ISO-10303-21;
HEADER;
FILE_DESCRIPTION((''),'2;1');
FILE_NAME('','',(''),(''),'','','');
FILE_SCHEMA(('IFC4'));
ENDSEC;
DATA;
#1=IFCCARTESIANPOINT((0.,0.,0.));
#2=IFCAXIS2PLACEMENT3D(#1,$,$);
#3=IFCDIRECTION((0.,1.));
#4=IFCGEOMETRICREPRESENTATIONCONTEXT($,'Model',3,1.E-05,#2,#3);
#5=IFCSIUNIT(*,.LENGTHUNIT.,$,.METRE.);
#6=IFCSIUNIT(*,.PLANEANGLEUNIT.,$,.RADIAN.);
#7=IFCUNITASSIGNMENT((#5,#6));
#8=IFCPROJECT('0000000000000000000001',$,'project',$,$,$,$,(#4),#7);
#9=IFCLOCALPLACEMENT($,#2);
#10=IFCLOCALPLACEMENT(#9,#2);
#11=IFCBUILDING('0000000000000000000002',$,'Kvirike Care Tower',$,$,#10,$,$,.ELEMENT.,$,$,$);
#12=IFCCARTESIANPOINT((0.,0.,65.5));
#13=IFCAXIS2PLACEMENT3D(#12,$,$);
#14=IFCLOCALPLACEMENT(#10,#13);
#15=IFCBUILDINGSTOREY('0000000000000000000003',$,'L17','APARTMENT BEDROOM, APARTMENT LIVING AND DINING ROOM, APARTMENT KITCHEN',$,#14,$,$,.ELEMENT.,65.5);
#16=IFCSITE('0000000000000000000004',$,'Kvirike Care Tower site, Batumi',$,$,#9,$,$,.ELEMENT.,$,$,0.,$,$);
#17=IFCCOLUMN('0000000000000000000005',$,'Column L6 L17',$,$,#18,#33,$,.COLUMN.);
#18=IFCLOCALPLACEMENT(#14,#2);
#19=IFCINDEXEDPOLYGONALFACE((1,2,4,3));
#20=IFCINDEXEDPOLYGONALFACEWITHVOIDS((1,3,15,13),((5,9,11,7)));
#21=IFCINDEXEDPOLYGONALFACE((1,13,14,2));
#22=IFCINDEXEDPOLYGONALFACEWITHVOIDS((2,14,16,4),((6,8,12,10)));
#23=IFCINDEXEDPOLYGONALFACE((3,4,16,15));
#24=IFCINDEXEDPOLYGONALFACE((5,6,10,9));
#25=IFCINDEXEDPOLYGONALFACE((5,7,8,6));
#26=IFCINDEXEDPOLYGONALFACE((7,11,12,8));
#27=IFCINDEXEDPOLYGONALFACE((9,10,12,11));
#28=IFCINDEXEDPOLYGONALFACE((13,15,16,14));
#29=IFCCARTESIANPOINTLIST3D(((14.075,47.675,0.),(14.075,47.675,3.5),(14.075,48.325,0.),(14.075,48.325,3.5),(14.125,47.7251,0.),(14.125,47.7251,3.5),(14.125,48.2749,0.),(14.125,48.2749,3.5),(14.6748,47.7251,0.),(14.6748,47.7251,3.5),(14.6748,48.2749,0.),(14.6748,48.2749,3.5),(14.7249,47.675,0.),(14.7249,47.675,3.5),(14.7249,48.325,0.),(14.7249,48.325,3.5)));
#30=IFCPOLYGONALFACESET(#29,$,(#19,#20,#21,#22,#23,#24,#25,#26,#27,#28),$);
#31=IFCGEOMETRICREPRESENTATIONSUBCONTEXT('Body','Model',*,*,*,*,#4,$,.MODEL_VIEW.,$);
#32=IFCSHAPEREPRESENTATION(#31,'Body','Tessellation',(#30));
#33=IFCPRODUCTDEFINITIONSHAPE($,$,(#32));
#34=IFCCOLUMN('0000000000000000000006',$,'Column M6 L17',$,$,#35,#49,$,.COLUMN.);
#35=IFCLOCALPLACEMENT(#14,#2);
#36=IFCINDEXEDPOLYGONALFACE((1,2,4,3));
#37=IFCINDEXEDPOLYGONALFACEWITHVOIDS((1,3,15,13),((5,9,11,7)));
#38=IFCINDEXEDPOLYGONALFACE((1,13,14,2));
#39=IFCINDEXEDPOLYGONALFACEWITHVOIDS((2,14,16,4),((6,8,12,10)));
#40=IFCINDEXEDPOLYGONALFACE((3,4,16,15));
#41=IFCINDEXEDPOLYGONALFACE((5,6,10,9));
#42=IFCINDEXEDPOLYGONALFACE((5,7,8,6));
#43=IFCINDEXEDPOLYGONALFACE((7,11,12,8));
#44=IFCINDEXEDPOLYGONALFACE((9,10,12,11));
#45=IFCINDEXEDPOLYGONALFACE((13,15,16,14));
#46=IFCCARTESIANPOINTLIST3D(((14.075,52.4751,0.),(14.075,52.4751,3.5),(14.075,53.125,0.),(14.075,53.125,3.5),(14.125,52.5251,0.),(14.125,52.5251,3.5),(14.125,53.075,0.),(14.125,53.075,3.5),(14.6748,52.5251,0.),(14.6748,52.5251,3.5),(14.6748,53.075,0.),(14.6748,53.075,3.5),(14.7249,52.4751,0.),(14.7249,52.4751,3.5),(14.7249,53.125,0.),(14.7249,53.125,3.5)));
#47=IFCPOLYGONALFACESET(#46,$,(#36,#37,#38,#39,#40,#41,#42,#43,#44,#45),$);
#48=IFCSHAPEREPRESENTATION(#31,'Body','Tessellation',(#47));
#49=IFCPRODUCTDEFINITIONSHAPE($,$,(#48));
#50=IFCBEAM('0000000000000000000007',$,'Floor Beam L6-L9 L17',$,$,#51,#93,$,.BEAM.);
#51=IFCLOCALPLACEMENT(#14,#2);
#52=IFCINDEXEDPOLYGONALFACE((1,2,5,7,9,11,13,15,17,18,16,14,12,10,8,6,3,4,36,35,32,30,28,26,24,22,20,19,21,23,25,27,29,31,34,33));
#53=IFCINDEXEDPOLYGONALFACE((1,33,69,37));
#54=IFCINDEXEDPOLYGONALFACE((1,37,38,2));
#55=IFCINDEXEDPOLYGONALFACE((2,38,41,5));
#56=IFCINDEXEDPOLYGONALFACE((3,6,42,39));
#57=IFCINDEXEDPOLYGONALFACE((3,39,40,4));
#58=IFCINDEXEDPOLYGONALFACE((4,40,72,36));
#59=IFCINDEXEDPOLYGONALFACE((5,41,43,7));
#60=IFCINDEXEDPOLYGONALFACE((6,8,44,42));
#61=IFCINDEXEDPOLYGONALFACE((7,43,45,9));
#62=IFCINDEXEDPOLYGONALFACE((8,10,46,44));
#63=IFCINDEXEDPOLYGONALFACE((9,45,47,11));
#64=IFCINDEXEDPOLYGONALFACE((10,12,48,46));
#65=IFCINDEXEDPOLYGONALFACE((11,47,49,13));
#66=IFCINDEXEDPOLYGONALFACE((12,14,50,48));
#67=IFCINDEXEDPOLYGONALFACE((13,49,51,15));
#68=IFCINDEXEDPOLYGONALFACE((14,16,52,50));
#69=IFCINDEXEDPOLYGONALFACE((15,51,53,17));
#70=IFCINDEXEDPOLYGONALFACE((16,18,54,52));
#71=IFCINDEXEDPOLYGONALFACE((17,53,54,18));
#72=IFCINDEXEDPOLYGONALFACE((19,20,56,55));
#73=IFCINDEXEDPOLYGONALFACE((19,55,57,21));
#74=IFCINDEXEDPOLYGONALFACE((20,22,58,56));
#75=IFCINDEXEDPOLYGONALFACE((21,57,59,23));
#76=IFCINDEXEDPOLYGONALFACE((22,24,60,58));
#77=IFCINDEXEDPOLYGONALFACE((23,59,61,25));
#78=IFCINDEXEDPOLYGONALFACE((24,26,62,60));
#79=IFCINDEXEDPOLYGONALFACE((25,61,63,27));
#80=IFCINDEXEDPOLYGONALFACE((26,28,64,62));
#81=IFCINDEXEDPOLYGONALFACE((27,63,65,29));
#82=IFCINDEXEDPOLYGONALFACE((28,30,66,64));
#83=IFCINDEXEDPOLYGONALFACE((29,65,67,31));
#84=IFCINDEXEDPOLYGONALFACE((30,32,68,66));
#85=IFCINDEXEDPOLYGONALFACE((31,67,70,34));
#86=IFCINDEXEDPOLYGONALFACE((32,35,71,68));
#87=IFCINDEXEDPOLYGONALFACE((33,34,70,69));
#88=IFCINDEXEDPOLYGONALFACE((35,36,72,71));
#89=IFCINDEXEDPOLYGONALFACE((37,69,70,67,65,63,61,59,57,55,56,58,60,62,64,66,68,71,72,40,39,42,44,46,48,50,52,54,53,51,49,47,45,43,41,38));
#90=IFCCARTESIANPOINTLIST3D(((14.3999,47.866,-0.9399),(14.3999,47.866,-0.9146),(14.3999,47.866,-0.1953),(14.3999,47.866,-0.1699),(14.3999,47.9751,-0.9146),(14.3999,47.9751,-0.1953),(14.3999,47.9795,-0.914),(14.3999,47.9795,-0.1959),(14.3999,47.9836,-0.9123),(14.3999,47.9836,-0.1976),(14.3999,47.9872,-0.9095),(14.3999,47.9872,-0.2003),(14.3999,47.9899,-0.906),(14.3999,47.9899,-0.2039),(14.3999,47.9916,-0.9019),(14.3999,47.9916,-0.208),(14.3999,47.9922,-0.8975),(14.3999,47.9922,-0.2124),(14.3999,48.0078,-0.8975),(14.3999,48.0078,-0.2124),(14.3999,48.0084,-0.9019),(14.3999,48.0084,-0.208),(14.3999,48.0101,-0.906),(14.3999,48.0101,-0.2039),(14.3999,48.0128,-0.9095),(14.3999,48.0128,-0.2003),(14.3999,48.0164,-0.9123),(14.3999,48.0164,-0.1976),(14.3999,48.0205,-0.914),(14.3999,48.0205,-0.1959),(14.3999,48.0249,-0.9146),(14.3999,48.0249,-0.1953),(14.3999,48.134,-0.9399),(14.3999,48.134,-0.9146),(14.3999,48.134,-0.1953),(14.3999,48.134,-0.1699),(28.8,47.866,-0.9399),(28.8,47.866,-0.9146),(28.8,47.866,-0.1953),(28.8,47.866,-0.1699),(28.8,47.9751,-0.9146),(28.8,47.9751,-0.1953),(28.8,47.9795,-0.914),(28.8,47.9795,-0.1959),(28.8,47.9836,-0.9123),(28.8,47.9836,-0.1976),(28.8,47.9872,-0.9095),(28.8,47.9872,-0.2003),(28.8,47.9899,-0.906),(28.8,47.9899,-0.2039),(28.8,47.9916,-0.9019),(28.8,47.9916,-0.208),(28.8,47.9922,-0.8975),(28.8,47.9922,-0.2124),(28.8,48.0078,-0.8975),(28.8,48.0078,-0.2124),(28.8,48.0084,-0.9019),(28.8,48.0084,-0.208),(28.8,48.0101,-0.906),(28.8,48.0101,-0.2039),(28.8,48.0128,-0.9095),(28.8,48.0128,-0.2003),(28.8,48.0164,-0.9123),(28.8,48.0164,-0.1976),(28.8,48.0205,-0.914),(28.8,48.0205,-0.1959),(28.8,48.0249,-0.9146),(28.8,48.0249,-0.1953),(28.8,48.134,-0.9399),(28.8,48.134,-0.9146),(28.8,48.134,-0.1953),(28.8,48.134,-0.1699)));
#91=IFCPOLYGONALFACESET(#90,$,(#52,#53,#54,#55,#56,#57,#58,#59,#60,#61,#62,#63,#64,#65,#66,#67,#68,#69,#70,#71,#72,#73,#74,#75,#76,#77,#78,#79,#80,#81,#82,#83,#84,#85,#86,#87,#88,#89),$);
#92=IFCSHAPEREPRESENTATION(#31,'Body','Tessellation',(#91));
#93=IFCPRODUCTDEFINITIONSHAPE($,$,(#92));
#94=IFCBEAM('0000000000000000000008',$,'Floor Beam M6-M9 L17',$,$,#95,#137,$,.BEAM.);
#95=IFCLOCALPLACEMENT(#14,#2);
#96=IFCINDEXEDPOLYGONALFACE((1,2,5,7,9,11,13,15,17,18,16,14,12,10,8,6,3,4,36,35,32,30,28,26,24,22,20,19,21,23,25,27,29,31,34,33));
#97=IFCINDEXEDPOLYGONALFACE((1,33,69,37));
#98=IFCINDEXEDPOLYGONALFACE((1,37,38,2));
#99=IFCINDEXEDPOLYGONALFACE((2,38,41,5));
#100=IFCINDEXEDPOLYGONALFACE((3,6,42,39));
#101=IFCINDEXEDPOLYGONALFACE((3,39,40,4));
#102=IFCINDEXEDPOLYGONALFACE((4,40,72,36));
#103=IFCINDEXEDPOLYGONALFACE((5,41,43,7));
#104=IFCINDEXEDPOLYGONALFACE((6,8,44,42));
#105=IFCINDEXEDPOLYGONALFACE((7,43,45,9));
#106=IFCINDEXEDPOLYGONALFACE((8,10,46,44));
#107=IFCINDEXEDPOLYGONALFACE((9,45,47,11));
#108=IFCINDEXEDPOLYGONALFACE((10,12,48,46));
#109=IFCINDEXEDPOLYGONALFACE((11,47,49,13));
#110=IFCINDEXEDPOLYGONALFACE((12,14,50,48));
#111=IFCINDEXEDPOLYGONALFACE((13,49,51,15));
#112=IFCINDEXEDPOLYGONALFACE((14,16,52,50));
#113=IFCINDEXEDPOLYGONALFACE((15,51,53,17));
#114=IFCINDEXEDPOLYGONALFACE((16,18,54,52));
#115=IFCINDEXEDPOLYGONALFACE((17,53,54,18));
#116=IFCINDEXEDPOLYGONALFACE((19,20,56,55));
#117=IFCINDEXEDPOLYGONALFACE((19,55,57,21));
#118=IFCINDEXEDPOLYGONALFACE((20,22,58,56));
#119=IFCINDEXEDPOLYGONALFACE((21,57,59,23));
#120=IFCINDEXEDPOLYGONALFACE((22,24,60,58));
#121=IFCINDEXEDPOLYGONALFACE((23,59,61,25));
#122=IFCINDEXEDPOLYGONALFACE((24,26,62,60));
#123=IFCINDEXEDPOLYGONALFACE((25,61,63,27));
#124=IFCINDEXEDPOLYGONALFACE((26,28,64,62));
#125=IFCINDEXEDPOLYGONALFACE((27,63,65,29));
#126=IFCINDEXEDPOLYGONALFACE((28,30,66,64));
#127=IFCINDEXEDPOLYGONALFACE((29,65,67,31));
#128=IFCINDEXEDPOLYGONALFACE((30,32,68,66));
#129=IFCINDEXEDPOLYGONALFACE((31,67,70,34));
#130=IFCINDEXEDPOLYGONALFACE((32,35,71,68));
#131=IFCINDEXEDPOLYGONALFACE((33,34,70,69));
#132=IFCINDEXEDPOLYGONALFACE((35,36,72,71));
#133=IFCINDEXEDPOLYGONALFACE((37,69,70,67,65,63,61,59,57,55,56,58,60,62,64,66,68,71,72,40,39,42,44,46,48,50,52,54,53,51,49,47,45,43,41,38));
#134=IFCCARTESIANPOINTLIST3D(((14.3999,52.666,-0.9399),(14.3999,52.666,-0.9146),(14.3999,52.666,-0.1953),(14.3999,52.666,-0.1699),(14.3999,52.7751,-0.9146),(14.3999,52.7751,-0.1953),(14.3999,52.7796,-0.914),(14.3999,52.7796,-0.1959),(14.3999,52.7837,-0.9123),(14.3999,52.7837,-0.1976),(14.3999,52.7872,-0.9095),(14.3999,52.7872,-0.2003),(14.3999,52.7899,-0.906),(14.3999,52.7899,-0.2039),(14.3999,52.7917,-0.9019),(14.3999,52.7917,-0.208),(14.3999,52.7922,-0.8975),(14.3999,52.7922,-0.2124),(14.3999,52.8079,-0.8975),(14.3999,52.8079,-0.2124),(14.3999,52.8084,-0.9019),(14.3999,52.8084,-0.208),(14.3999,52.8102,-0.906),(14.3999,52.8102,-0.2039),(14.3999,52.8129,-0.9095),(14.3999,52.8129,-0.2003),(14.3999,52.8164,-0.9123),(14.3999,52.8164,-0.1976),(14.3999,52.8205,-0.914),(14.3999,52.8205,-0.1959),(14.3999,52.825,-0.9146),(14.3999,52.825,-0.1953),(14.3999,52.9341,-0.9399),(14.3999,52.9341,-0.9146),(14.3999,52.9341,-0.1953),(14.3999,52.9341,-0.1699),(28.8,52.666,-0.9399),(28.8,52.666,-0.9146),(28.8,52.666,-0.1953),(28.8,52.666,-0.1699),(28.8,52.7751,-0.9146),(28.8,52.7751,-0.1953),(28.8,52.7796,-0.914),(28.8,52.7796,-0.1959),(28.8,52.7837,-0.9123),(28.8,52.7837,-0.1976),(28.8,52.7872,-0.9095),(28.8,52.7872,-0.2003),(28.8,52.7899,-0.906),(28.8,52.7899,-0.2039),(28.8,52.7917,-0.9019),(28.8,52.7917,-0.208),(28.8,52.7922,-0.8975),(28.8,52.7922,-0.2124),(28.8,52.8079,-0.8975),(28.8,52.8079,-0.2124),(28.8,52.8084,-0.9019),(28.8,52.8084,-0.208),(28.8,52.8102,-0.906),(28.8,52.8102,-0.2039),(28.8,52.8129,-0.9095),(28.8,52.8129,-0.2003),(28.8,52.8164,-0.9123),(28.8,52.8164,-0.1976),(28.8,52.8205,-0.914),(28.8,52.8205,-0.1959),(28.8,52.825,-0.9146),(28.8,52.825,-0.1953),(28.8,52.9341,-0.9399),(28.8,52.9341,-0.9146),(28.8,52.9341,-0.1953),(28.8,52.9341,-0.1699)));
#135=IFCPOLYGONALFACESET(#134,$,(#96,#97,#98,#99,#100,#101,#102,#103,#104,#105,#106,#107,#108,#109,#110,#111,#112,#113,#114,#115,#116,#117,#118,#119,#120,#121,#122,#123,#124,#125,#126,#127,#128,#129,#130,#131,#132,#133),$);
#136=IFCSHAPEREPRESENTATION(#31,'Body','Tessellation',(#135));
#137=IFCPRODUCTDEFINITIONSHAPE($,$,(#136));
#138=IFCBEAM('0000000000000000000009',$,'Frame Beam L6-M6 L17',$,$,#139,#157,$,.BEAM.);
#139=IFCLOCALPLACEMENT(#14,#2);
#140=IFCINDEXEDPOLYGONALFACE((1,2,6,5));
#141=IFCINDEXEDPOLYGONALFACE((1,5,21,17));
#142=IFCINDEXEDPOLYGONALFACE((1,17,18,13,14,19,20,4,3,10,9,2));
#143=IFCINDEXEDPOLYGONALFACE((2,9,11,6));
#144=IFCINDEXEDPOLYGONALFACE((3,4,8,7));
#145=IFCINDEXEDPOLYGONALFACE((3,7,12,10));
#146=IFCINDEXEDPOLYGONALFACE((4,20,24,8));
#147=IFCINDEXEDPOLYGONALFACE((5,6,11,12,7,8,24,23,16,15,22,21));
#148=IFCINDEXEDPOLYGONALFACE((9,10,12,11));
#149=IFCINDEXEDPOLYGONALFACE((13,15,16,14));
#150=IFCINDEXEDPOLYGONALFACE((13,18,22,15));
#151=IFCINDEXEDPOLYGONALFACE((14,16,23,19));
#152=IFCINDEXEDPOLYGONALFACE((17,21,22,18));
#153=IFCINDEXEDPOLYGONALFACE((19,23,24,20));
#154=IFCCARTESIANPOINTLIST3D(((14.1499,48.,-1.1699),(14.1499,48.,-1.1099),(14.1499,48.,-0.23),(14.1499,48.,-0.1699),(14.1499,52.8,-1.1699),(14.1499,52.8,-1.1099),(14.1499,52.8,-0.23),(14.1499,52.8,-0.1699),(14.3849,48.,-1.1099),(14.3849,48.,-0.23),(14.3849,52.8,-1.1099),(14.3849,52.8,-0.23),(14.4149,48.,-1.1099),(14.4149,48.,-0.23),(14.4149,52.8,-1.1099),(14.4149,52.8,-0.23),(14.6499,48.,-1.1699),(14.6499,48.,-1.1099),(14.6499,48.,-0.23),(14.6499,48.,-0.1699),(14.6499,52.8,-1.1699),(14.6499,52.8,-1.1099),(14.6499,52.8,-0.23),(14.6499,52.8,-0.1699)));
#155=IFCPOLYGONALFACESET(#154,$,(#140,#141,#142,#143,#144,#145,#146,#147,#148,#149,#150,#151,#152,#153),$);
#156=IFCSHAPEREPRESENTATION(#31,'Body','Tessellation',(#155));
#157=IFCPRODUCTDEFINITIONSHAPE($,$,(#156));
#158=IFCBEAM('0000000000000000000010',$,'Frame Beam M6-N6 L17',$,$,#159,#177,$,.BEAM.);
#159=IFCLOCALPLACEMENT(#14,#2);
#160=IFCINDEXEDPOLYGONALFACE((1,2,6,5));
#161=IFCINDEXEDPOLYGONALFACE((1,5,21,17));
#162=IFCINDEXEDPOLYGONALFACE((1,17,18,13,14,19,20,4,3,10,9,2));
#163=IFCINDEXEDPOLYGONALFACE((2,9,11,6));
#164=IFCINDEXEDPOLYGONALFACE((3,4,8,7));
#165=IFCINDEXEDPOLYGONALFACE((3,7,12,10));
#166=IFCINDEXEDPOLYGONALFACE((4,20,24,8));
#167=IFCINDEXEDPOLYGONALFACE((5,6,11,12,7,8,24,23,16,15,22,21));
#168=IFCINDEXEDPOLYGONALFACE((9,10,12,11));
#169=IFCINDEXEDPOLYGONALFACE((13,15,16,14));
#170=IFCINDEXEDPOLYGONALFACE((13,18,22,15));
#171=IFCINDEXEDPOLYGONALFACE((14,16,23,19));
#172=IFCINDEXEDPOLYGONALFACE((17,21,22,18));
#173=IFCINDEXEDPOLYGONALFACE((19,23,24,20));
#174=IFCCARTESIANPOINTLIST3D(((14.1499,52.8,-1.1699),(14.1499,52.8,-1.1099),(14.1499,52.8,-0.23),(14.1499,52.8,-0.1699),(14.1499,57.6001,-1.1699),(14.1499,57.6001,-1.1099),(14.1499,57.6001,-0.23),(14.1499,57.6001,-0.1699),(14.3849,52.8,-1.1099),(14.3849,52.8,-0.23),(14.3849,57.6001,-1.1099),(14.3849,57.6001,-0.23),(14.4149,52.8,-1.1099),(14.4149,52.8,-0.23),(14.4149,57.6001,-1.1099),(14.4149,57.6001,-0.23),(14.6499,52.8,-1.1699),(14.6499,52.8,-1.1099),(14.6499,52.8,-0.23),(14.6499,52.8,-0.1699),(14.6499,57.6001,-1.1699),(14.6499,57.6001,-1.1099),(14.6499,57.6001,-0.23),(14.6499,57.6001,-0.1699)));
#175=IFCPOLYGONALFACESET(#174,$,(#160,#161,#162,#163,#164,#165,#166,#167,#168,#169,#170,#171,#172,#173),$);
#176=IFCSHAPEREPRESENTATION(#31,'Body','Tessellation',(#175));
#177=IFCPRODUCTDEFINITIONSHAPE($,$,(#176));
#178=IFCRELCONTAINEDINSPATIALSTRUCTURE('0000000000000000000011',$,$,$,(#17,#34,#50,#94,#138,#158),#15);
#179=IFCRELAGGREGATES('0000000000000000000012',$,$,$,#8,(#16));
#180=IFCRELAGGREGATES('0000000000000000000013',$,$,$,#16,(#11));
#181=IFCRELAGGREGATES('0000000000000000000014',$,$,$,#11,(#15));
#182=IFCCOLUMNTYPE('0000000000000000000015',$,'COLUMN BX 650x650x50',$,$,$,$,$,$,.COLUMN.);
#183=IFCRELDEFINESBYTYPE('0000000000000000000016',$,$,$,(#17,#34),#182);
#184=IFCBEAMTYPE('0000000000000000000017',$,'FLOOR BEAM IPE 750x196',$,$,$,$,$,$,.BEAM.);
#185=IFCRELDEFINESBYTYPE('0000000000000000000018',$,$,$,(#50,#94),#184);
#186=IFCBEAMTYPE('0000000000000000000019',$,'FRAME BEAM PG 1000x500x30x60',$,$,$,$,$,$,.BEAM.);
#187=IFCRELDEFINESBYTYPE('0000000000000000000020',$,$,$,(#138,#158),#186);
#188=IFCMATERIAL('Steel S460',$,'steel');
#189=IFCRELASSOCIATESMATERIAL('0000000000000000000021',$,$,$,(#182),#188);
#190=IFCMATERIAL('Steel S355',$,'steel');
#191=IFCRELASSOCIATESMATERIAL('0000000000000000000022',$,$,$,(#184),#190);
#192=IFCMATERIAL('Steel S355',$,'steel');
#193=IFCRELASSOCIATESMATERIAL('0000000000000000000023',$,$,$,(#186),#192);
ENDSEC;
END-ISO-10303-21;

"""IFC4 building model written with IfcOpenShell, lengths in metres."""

from ifc_helpers import new_model, si_unit, direction, frame, origin, origin_2d, place, context, subcontext, project, spatial, hollow_rectangle, i_section, extrude, material, material_profile, profile_set, type_object, element, save


model = new_model("IFC4")

# Units and contexts
model_context = context("Model", 3, precision=1e-05, world=origin(), true_north=direction((0.0, 1.0)))
body_context = subcontext(model_context, "Body", "Model", "MODEL_VIEW")
ifc_project = project(units=[si_unit("LENGTHUNIT", "METRE"), si_unit("PLANEANGLEUNIT", "RADIAN")], contexts=[model_context])

# Site, building, storey
site_placement = place(None, origin())
site = spatial("IfcSite", under=ifc_project, at=site_placement, Name="Kvirike Care Tower site, Batumi", CompositionType="ELEMENT", RefElevation=0.0)
building_placement = place(site_placement, origin())
building = spatial("IfcBuilding", under=site, at=building_placement, Name="Kvirike Care Tower", CompositionType="ELEMENT")
storey_placement = place(building_placement, frame((0.0, 0.0, 65.5)))
storey = spatial("IfcBuildingStorey", under=building, at=storey_placement, Name="L17", Description="APARTMENT BEDROOM, APARTMENT LIVING AND DINING ROOM, APARTMENT KITCHEN", CompositionType="ELEMENT", Elevation=65.5)

# Columns
ifc_material_1 = material(Name="Steel S460", Category="steel")
ifc_material_profile_1 = material_profile(ifc_material_1, hollow_rectangle(XDim=0.6499, YDim=0.6499, WallThickness=0.05, at=origin_2d()), Name="BX 650x650x50")
ifc_profile_set_1 = profile_set([ifc_material_profile_1], Name="Steel S460")
column_type = type_object("IfcColumnType", Name="COLUMN BX 650x650x50", PredefinedType="COLUMN", material=ifc_profile_set_1)
for number, where, z_axis, x_axis, name in (
    (1, (14.3999, 48.0, 0.0), (0.0, 0.0, 1.0), (1.0, 0.0, 0.0), "Column L6 L17"),
    (2, (14.3999, 52.8, 0.0), (0.0, 0.0, 1.0), (1.0, 0.0, 0.0), "Column M6 L17"),
):
    element("IfcColumn", number, at=place(storey_placement, frame(where, z_axis=z_axis, x_axis=x_axis)), inside=storey, type_object=column_type, Name=name, PredefinedType="COLUMN", context=body_context, shape_type="SweptSolid", body=[
        extrude(hollow_rectangle(XDim=0.6499, YDim=0.6499, WallThickness=0.05, at=origin_2d()), origin(), (0.0, 0.0, 1.0), 3.5),
    ])

# Beams
ifc_material_2 = material(Name="Steel S355", Category="steel")
ifc_material_profile_2 = material_profile(ifc_material_2, i_section(OverallWidth=0.2681, OverallDepth=0.77, WebThickness=0.0156, FlangeThickness=0.0254, FilletRadius=0.0171, at=origin_2d()), Name="IPE 750x196")
ifc_profile_set_2 = profile_set([ifc_material_profile_2], Name="Steel S355")
beam_type_1 = type_object("IfcBeamType", Name="FLOOR BEAM IPE 750x196", PredefinedType="BEAM", material=ifc_profile_set_2)
for number, where, z_axis, x_axis, name in (
    (3, (14.3999, 48.0, -0.5549), (1.0, 0.0, 0.0), (0.0, 1.0, 0.0), "Floor Beam L6-L9 L17"),
    (4, (14.3999, 52.8, -0.5549), (1.0, 0.0, 0.0), (0.0, 1.0, 0.0), "Floor Beam M6-M9 L17"),
):
    element("IfcBeam", number, at=place(storey_placement, frame(where, z_axis=z_axis, x_axis=x_axis)), inside=storey, type_object=beam_type_1, Name=name, PredefinedType="BEAM", context=body_context, shape_type="SweptSolid", body=[
        extrude(i_section(OverallWidth=0.2681, OverallDepth=0.77, WebThickness=0.0156, FlangeThickness=0.0254, FilletRadius=0.0171, at=origin_2d()), origin(), (0.0, 0.0, 1.0), 14.4001),
    ])
ifc_material_3 = material(Name="Steel S355", Category="steel")
ifc_material_profile_3 = material_profile(ifc_material_3, i_section(OverallWidth=0.5, OverallDepth=1.0, WebThickness=0.03, FlangeThickness=0.0601, at=origin_2d()), Name="PG 1000x500x30x60")
ifc_profile_set_3 = profile_set([ifc_material_profile_3], Name="Steel S355")
beam_type_2 = type_object("IfcBeamType", Name="FRAME BEAM PG 1000x500x30x60", PredefinedType="BEAM", material=ifc_profile_set_3)
for number, where, z_axis, x_axis, name in (
    (5, (14.3999, 48.0, -0.6699), (0.0, 1.0, 0.0), (-1.0, 0.0, 0.0), "Frame Beam L6-M6 L17"),
    (6, (14.3999, 52.8, -0.6699), (0.0, 1.0, 0.0), (-1.0, 0.0, 0.0), "Frame Beam M6-N6 L17"),
):
    element("IfcBeam", number, at=place(storey_placement, frame(where, z_axis=z_axis, x_axis=x_axis)), inside=storey, type_object=beam_type_2, Name=name, PredefinedType="BEAM", context=body_context, shape_type="SweptSolid", body=[
        extrude(i_section(OverallWidth=0.5, OverallDepth=1.0, WebThickness=0.03, FlangeThickness=0.0601, at=origin_2d()), origin(), (0.0, 0.0, 1.0), 4.8),
    ])

save(model, "model.ifc")
